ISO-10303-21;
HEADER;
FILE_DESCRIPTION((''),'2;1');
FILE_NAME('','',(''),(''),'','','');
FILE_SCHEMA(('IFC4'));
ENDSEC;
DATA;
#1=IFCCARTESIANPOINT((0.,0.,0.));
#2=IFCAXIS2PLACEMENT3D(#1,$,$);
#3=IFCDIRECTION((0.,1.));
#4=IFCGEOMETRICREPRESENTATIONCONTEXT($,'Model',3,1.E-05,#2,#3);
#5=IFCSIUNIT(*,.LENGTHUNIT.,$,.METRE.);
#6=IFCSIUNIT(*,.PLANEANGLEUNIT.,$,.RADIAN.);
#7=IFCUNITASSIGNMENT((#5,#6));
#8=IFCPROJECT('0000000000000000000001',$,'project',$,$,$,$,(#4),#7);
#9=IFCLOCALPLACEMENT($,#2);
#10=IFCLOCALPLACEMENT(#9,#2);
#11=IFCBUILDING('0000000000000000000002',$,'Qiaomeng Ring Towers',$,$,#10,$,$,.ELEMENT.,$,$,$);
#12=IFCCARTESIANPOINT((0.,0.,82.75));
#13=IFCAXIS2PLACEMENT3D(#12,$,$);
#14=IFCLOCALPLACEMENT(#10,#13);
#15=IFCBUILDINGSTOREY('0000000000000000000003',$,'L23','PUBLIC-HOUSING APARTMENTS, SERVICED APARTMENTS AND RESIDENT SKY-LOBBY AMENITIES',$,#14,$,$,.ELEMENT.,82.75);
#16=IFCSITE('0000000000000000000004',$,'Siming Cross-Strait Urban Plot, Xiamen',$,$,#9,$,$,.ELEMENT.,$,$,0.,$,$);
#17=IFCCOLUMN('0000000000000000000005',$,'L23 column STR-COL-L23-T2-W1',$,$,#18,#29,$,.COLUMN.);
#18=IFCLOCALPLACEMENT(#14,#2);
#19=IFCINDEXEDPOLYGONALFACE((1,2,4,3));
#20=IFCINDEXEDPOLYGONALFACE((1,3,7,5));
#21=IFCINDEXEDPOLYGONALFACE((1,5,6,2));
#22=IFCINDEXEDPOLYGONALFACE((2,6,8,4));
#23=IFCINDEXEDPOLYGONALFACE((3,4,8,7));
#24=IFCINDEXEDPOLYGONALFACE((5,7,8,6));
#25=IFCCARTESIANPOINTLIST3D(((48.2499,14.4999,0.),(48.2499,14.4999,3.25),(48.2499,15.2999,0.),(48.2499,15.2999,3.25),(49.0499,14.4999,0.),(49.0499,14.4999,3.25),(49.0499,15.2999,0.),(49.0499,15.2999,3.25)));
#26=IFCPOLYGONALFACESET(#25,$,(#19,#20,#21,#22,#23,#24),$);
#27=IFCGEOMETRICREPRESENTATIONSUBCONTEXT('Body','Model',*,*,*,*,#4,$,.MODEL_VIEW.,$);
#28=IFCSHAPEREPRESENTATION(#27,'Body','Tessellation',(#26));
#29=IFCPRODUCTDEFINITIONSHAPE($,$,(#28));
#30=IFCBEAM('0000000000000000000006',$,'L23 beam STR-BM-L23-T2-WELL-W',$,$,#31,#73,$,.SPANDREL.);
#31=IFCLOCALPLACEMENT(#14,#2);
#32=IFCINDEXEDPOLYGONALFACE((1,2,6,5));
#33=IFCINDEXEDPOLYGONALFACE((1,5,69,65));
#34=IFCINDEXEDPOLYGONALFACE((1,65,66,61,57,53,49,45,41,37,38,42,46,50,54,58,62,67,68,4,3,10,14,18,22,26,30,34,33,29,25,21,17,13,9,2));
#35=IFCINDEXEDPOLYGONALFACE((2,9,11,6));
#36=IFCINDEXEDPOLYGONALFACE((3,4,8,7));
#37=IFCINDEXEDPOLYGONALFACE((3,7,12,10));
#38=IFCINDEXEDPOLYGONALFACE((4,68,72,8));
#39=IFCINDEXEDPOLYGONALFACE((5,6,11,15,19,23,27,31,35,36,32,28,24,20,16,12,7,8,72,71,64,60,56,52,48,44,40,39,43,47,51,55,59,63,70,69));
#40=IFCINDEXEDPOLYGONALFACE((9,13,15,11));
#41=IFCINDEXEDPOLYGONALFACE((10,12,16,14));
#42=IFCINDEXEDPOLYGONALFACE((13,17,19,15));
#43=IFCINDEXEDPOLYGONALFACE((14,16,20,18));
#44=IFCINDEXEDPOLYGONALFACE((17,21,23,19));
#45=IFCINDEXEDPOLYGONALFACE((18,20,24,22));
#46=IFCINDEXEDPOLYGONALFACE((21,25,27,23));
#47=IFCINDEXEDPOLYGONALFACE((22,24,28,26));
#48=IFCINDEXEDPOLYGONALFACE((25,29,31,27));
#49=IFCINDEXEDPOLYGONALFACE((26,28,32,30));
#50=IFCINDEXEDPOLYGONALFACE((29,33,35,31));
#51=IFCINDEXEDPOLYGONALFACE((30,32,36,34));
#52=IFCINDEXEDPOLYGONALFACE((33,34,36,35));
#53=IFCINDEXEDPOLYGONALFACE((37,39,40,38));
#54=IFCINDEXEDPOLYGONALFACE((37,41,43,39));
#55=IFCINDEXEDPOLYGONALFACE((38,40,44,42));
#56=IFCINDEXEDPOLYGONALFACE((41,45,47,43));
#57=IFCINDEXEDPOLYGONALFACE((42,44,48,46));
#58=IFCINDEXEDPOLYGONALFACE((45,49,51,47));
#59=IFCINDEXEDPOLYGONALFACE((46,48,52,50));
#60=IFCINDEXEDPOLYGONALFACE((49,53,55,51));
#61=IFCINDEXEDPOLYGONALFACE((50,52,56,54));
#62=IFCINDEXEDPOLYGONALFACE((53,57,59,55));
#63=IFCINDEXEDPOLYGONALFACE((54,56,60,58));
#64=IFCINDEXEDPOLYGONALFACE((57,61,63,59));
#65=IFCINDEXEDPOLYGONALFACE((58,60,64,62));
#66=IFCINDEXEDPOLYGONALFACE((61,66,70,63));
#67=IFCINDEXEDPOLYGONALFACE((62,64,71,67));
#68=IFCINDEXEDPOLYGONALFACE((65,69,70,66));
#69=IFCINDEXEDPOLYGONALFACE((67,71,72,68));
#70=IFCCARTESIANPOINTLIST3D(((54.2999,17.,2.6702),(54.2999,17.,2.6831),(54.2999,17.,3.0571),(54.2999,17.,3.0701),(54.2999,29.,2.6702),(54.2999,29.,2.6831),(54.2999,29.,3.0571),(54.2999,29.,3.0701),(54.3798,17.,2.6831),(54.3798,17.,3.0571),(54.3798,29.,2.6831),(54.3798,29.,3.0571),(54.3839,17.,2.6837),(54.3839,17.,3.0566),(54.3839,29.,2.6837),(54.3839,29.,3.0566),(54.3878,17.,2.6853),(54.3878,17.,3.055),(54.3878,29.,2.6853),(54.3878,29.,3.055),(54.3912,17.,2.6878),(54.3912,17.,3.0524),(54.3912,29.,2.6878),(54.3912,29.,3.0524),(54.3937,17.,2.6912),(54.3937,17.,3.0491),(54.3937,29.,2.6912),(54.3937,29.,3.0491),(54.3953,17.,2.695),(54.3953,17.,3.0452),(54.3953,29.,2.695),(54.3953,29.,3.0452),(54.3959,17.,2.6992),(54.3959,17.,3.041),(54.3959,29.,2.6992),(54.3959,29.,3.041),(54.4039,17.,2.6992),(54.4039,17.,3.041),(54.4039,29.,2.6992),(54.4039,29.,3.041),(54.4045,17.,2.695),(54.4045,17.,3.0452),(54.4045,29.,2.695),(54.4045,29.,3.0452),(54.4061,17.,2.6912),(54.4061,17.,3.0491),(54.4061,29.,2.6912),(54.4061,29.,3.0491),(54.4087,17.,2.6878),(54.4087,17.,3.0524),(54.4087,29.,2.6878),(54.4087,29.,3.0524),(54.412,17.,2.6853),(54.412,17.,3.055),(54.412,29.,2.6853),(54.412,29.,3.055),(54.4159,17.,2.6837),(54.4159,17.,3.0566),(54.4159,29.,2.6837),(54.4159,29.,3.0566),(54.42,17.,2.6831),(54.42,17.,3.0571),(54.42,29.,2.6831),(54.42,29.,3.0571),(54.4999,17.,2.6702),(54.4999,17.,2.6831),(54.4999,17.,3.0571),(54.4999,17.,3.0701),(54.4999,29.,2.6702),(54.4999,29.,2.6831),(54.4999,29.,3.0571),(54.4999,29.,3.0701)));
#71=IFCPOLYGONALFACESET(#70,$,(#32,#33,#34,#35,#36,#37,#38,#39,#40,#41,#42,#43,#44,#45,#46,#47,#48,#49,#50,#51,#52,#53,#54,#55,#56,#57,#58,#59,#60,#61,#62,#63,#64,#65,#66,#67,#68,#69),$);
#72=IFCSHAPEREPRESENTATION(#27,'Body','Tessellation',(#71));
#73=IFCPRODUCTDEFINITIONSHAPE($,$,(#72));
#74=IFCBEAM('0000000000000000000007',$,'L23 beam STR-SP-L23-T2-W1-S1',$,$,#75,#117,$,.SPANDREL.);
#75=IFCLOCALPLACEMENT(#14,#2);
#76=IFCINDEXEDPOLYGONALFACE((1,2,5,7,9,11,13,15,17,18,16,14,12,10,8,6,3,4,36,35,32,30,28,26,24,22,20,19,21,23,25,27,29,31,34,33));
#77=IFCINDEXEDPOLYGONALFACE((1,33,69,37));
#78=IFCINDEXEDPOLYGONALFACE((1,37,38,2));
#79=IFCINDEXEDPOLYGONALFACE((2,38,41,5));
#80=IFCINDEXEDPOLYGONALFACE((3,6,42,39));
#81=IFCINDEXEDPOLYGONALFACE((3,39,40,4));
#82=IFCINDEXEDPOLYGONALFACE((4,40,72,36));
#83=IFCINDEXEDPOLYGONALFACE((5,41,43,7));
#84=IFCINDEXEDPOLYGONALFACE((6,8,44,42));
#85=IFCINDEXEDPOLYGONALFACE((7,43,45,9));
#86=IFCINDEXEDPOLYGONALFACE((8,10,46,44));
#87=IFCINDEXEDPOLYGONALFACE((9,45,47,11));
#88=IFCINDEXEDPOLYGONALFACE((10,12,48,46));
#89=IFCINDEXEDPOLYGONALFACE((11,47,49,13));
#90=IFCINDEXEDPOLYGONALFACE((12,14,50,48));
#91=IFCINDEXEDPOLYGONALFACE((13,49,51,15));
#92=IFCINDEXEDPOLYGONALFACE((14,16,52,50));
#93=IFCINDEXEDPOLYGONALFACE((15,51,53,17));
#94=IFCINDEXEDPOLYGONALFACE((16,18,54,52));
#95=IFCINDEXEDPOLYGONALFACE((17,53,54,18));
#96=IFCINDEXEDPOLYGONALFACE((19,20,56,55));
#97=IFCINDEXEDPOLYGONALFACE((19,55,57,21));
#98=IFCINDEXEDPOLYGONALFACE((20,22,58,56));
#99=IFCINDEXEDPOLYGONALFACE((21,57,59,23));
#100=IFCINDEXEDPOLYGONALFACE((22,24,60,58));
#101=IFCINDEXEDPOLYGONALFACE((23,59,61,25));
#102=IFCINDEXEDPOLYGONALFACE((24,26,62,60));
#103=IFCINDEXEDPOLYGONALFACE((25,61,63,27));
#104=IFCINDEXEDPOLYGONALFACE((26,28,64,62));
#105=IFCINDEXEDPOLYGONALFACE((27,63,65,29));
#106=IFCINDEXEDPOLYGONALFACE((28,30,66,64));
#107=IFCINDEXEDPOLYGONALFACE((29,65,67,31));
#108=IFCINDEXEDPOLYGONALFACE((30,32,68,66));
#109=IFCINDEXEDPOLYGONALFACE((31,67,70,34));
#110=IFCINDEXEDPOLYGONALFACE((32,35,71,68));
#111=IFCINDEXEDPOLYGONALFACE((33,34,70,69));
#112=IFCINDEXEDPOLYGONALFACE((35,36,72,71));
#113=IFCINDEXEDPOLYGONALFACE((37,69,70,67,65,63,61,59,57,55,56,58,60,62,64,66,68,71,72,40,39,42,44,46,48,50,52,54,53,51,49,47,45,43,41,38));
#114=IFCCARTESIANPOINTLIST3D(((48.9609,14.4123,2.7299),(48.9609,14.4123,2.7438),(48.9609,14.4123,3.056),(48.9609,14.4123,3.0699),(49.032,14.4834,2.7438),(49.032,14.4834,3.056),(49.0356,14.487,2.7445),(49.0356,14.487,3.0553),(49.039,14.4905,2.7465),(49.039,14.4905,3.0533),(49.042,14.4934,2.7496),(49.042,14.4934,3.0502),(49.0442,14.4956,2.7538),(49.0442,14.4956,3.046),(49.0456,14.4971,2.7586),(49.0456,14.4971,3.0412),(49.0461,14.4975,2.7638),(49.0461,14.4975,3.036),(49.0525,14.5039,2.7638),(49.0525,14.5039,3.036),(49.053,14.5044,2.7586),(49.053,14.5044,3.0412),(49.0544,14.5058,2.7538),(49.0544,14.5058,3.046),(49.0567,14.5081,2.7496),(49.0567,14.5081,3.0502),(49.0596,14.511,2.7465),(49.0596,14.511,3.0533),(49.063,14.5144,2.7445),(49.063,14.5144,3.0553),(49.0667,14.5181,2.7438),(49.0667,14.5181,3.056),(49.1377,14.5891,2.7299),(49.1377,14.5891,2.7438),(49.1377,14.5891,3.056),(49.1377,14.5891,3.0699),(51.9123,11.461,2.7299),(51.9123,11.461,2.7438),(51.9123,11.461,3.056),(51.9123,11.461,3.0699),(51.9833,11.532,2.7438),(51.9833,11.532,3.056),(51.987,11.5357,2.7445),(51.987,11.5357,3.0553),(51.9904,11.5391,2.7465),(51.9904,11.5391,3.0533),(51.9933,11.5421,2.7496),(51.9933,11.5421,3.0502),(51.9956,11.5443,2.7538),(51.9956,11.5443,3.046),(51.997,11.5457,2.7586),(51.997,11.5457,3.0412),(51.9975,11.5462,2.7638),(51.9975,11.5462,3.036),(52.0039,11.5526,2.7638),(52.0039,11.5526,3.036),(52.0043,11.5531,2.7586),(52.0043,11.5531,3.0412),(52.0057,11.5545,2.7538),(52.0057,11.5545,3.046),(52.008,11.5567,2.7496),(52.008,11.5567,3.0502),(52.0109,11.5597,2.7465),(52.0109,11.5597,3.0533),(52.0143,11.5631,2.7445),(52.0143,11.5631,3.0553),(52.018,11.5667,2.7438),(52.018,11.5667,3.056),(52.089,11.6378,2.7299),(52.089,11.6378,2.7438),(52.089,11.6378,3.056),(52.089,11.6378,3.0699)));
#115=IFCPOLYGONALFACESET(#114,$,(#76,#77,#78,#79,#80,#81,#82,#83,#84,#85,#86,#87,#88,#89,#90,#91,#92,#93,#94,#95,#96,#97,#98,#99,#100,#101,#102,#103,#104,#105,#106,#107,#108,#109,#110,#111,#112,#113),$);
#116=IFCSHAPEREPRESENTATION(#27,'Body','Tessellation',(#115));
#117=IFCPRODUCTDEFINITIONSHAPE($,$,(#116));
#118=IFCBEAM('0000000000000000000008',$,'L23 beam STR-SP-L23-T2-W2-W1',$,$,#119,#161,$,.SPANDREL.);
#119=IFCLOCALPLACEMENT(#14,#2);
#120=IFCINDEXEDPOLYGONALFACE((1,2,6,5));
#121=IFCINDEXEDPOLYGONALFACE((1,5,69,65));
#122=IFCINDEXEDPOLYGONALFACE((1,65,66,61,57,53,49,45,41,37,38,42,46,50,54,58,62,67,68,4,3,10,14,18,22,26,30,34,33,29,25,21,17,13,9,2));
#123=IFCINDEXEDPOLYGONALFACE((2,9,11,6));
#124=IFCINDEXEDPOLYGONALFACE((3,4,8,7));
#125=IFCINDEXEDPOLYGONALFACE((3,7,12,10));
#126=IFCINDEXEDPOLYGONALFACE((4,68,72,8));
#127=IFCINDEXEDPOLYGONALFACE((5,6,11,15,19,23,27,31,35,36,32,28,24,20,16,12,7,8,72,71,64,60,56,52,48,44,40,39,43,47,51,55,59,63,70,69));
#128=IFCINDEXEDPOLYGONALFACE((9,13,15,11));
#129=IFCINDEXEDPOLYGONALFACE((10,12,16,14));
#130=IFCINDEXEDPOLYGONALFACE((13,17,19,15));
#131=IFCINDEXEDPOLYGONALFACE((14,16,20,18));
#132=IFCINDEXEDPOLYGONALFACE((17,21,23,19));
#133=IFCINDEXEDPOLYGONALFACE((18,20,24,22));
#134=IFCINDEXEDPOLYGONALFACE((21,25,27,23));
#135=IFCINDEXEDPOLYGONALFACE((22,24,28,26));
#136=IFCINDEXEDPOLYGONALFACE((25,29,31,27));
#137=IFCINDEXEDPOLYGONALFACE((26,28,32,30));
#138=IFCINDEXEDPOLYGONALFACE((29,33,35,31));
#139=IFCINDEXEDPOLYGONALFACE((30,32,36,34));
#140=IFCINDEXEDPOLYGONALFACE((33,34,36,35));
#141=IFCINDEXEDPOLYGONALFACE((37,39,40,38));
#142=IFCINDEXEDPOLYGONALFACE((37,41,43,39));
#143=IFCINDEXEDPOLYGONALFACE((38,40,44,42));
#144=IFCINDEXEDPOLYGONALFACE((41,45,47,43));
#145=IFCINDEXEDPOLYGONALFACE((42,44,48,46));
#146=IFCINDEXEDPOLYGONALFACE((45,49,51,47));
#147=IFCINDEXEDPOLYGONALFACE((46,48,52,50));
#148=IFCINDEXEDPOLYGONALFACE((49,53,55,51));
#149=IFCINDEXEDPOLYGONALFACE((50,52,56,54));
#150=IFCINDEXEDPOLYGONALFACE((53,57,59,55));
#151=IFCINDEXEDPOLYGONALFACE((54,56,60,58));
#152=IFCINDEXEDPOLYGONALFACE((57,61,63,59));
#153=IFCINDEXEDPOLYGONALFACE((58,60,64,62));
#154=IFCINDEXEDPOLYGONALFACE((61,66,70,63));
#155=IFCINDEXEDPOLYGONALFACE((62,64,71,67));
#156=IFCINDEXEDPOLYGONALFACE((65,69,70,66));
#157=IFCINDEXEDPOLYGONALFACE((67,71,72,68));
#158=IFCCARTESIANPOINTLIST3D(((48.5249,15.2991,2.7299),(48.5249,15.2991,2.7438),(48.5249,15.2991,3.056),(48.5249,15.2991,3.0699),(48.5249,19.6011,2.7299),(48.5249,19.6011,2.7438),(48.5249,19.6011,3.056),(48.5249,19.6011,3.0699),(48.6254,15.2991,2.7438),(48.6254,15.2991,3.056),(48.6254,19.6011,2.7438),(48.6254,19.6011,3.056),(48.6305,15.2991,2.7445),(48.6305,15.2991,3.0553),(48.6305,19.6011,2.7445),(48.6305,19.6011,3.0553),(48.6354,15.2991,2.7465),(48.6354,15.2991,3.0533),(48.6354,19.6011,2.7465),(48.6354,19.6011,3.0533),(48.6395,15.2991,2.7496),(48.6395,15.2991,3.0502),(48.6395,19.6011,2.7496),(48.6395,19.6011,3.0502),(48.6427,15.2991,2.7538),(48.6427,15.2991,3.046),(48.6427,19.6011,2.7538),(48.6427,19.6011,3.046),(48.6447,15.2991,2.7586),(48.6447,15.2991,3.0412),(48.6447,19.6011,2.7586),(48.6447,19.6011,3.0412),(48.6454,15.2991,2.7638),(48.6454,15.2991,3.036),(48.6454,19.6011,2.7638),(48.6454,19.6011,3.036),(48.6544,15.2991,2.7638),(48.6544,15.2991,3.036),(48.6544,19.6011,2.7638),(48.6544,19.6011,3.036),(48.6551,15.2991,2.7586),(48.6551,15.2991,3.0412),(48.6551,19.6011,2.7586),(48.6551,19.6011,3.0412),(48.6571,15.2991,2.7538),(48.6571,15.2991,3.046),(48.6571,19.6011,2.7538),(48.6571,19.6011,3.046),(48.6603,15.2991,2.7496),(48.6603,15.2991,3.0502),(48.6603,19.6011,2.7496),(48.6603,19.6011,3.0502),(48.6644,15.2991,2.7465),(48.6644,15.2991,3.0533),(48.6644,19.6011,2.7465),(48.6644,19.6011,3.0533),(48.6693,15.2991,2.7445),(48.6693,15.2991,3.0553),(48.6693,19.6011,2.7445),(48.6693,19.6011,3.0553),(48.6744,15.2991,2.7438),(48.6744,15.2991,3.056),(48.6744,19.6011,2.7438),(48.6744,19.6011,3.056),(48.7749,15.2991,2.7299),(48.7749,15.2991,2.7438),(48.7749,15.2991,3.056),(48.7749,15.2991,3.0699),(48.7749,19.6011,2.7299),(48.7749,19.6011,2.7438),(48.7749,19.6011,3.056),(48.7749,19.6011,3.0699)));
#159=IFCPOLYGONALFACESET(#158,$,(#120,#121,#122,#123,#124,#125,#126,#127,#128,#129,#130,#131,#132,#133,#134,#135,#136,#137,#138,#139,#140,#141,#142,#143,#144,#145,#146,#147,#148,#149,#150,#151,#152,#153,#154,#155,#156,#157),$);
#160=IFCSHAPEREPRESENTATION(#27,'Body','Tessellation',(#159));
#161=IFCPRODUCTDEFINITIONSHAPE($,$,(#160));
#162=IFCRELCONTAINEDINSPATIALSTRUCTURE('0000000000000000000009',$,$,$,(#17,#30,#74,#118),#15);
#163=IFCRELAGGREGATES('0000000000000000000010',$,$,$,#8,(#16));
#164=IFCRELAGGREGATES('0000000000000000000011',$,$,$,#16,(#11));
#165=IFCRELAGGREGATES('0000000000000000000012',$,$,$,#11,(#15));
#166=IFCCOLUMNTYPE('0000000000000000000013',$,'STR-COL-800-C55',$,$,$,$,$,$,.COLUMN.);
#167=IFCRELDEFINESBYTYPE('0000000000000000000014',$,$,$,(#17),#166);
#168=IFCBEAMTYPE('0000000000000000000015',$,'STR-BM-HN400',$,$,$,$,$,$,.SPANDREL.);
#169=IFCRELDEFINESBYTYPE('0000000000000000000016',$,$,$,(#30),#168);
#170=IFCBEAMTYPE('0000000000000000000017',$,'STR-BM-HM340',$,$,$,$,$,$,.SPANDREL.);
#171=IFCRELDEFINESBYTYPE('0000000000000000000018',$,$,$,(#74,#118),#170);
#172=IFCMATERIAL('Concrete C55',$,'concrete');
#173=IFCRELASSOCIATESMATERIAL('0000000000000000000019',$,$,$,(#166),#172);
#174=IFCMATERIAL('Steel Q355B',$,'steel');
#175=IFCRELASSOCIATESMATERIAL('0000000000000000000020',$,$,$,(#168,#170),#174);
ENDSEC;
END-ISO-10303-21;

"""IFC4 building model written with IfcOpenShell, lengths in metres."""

from ifc_helpers import new_model, si_unit, direction, frame, origin, origin_2d, place, context, subcontext, project, spatial, rectangle, i_section, extrude, source, transform, mapped, material, material_profile, profile_set, type_object, element, save


model = new_model("IFC4")

# Units and contexts
model_context = context("Model", 3, precision=1e-05, world=origin(), true_north=direction((0.0, 1.0)))
body_context = subcontext(model_context, "Body", "Model", "MODEL_VIEW")
ifc_project = project(units=[si_unit("LENGTHUNIT", "METRE"), si_unit("PLANEANGLEUNIT", "RADIAN")], contexts=[model_context])

# Site, building, storey
site_placement = place(None, origin())
site = spatial("IfcSite", under=ifc_project, at=site_placement, Name="Siming Cross-Strait Urban Plot, Xiamen", CompositionType="ELEMENT", RefElevation=0.0)
building_placement = place(site_placement, origin())
building = spatial("IfcBuilding", under=site, at=building_placement, Name="Qiaomeng Ring Towers", CompositionType="ELEMENT")
storey_placement = place(building_placement, frame((0.0, 0.0, 82.75)))
storey = spatial("IfcBuildingStorey", under=building, at=storey_placement, Name="L23", Description="PUBLIC-HOUSING APARTMENTS, SERVICED APARTMENTS AND RESIDENT SKY-LOBBY AMENITIES", CompositionType="ELEMENT", Elevation=82.75)

# Column
ifc_material_1 = material(Name="Concrete C55", Category="concrete")
ifc_material_profile_1 = material_profile(ifc_material_1, rectangle(XDim=0.8, YDim=0.8, at=origin_2d()), Name="RC COL 800x800")
ifc_profile_set_1 = profile_set([ifc_material_profile_1], Name="Concrete C55")
column_type = type_object("IfcColumnType", Name="STR-COL-800-C55", PredefinedType="COLUMN", material=ifc_profile_set_1)
shared_shape_1 = source(origin(), body_context, "Body", "SweptSolid", [
    extrude(rectangle(XDim=0.8, YDim=0.8, at=origin_2d()), origin(), (0.0, 0.0, 1.0), 3.25),
])
column_placement = place(storey_placement, frame((48.6499, 14.8999, 0.0), z_axis=(0.0, 0.0, 1.0), x_axis=(1.0, 0.0, 0.0)))
element("IfcColumn", 1, at=column_placement, inside=storey, type_object=column_type, Name="L23 column STR-COL-L23-T2-W1", PredefinedType="COLUMN", context=body_context, shape_type="MappedRepresentation", body=[
    mapped(shared_shape_1, transform((0.0, 0.0, 0.0), x_axis=(1.0, 0.0, 0.0), y_axis=(0.0, 1.0, 0.0), z_axis=(0.0, 0.0, 1.0), scale=1.0)),
])

# Beams
ifc_material_2 = material(Name="Steel Q355B", Category="steel")
ifc_material_profile_2 = material_profile(ifc_material_2, i_section(OverallWidth=0.2, OverallDepth=0.3999, WebThickness=0.0081, FlangeThickness=0.0129, FilletRadius=0.0161, at=origin_2d()), Name="HN 400x200x8x13")
ifc_profile_set_2 = profile_set([ifc_material_profile_2], Name="Steel Q355B")
beam_type_1 = type_object("IfcBeamType", Name="STR-BM-HN400", PredefinedType="SPANDREL", material=ifc_profile_set_2)
shared_shape_2 = source(origin(), body_context, "Body", "SweptSolid", [
    extrude(i_section(OverallWidth=0.2, OverallDepth=0.3999, WebThickness=0.0081, FlangeThickness=0.0129, FilletRadius=0.0161, at=origin_2d()), origin(), (0.0, 0.0, 1.0), 12.0),
])
beam_1_placement = place(storey_placement, frame((54.3999, 17.0, 2.8701), z_axis=(0.0, 1.0, 0.0), x_axis=(-1.0, 0.0, 0.0)))
element("IfcBeam", 2, at=beam_1_placement, inside=storey, type_object=beam_type_1, Name="L23 beam STR-BM-L23-T2-WELL-W", PredefinedType="SPANDREL", context=body_context, shape_type="MappedRepresentation", body=[
    mapped(shared_shape_2, transform((0.0, 0.0, 0.0), x_axis=(1.0, 0.0, 0.0), y_axis=(0.0, 1.0, 0.0), z_axis=(0.0, 0.0, 1.0), scale=1.0)),
])
ifc_material_profile_3 = material_profile(ifc_material_2, i_section(OverallWidth=0.25, OverallDepth=0.3401, WebThickness=0.009, FlangeThickness=0.0139, FilletRadius=0.02, at=origin_2d()), Name="HM 340x250x9x14")
ifc_profile_set_3 = profile_set([ifc_material_profile_3], Name="Steel Q355B")
beam_type_2 = type_object("IfcBeamType", Name="STR-BM-HM340", PredefinedType="SPANDREL", material=ifc_profile_set_3)
shared_shape_3 = source(origin(), body_context, "Body", "SweptSolid", [
    extrude(i_section(OverallWidth=0.25, OverallDepth=0.3401, WebThickness=0.009, FlangeThickness=0.0139, FilletRadius=0.02, at=origin_2d()), origin(), (0.0, 0.0, 1.0), 4.1738),
])
beam_2_placement = place(storey_placement, frame((49.0493, 14.5007, 2.8999), z_axis=(0.707107, -0.707107, 0.0), x_axis=(0.707107, 0.707107, 0.0)))
element("IfcBeam", 3, at=beam_2_placement, inside=storey, type_object=beam_type_2, Name="L23 beam STR-SP-L23-T2-W1-S1", PredefinedType="SPANDREL", context=body_context, shape_type="MappedRepresentation", body=[
    mapped(shared_shape_3, transform((0.0, 0.0, 0.0), x_axis=(1.0, 0.0, 0.0), y_axis=(0.0, 1.0, 0.0), z_axis=(0.0, 0.0, 1.0), scale=1.0)),
])
shared_shape_4 = source(origin(), body_context, "Body", "SweptSolid", [
    extrude(i_section(OverallWidth=0.25, OverallDepth=0.3401, WebThickness=0.009, FlangeThickness=0.0139, FilletRadius=0.02, at=origin_2d()), origin(), (0.0, 0.0, 1.0), 4.302),
])
beam_3_placement = place(storey_placement, frame((48.6499, 19.6011, 2.8999), z_axis=(0.0, -1.0, 0.0), x_axis=(1.0, 0.0, 0.0)))
element("IfcBeam", 4, at=beam_3_placement, inside=storey, type_object=beam_type_2, Name="L23 beam STR-SP-L23-T2-W2-W1", PredefinedType="SPANDREL", context=body_context, shape_type="MappedRepresentation", body=[
    mapped(shared_shape_4, transform((0.0, 0.0, 0.0), x_axis=(1.0, 0.0, 0.0), y_axis=(0.0, 1.0, 0.0), z_axis=(0.0, 0.0, 1.0), scale=1.0)),
])

save(model, "model.ifc")
